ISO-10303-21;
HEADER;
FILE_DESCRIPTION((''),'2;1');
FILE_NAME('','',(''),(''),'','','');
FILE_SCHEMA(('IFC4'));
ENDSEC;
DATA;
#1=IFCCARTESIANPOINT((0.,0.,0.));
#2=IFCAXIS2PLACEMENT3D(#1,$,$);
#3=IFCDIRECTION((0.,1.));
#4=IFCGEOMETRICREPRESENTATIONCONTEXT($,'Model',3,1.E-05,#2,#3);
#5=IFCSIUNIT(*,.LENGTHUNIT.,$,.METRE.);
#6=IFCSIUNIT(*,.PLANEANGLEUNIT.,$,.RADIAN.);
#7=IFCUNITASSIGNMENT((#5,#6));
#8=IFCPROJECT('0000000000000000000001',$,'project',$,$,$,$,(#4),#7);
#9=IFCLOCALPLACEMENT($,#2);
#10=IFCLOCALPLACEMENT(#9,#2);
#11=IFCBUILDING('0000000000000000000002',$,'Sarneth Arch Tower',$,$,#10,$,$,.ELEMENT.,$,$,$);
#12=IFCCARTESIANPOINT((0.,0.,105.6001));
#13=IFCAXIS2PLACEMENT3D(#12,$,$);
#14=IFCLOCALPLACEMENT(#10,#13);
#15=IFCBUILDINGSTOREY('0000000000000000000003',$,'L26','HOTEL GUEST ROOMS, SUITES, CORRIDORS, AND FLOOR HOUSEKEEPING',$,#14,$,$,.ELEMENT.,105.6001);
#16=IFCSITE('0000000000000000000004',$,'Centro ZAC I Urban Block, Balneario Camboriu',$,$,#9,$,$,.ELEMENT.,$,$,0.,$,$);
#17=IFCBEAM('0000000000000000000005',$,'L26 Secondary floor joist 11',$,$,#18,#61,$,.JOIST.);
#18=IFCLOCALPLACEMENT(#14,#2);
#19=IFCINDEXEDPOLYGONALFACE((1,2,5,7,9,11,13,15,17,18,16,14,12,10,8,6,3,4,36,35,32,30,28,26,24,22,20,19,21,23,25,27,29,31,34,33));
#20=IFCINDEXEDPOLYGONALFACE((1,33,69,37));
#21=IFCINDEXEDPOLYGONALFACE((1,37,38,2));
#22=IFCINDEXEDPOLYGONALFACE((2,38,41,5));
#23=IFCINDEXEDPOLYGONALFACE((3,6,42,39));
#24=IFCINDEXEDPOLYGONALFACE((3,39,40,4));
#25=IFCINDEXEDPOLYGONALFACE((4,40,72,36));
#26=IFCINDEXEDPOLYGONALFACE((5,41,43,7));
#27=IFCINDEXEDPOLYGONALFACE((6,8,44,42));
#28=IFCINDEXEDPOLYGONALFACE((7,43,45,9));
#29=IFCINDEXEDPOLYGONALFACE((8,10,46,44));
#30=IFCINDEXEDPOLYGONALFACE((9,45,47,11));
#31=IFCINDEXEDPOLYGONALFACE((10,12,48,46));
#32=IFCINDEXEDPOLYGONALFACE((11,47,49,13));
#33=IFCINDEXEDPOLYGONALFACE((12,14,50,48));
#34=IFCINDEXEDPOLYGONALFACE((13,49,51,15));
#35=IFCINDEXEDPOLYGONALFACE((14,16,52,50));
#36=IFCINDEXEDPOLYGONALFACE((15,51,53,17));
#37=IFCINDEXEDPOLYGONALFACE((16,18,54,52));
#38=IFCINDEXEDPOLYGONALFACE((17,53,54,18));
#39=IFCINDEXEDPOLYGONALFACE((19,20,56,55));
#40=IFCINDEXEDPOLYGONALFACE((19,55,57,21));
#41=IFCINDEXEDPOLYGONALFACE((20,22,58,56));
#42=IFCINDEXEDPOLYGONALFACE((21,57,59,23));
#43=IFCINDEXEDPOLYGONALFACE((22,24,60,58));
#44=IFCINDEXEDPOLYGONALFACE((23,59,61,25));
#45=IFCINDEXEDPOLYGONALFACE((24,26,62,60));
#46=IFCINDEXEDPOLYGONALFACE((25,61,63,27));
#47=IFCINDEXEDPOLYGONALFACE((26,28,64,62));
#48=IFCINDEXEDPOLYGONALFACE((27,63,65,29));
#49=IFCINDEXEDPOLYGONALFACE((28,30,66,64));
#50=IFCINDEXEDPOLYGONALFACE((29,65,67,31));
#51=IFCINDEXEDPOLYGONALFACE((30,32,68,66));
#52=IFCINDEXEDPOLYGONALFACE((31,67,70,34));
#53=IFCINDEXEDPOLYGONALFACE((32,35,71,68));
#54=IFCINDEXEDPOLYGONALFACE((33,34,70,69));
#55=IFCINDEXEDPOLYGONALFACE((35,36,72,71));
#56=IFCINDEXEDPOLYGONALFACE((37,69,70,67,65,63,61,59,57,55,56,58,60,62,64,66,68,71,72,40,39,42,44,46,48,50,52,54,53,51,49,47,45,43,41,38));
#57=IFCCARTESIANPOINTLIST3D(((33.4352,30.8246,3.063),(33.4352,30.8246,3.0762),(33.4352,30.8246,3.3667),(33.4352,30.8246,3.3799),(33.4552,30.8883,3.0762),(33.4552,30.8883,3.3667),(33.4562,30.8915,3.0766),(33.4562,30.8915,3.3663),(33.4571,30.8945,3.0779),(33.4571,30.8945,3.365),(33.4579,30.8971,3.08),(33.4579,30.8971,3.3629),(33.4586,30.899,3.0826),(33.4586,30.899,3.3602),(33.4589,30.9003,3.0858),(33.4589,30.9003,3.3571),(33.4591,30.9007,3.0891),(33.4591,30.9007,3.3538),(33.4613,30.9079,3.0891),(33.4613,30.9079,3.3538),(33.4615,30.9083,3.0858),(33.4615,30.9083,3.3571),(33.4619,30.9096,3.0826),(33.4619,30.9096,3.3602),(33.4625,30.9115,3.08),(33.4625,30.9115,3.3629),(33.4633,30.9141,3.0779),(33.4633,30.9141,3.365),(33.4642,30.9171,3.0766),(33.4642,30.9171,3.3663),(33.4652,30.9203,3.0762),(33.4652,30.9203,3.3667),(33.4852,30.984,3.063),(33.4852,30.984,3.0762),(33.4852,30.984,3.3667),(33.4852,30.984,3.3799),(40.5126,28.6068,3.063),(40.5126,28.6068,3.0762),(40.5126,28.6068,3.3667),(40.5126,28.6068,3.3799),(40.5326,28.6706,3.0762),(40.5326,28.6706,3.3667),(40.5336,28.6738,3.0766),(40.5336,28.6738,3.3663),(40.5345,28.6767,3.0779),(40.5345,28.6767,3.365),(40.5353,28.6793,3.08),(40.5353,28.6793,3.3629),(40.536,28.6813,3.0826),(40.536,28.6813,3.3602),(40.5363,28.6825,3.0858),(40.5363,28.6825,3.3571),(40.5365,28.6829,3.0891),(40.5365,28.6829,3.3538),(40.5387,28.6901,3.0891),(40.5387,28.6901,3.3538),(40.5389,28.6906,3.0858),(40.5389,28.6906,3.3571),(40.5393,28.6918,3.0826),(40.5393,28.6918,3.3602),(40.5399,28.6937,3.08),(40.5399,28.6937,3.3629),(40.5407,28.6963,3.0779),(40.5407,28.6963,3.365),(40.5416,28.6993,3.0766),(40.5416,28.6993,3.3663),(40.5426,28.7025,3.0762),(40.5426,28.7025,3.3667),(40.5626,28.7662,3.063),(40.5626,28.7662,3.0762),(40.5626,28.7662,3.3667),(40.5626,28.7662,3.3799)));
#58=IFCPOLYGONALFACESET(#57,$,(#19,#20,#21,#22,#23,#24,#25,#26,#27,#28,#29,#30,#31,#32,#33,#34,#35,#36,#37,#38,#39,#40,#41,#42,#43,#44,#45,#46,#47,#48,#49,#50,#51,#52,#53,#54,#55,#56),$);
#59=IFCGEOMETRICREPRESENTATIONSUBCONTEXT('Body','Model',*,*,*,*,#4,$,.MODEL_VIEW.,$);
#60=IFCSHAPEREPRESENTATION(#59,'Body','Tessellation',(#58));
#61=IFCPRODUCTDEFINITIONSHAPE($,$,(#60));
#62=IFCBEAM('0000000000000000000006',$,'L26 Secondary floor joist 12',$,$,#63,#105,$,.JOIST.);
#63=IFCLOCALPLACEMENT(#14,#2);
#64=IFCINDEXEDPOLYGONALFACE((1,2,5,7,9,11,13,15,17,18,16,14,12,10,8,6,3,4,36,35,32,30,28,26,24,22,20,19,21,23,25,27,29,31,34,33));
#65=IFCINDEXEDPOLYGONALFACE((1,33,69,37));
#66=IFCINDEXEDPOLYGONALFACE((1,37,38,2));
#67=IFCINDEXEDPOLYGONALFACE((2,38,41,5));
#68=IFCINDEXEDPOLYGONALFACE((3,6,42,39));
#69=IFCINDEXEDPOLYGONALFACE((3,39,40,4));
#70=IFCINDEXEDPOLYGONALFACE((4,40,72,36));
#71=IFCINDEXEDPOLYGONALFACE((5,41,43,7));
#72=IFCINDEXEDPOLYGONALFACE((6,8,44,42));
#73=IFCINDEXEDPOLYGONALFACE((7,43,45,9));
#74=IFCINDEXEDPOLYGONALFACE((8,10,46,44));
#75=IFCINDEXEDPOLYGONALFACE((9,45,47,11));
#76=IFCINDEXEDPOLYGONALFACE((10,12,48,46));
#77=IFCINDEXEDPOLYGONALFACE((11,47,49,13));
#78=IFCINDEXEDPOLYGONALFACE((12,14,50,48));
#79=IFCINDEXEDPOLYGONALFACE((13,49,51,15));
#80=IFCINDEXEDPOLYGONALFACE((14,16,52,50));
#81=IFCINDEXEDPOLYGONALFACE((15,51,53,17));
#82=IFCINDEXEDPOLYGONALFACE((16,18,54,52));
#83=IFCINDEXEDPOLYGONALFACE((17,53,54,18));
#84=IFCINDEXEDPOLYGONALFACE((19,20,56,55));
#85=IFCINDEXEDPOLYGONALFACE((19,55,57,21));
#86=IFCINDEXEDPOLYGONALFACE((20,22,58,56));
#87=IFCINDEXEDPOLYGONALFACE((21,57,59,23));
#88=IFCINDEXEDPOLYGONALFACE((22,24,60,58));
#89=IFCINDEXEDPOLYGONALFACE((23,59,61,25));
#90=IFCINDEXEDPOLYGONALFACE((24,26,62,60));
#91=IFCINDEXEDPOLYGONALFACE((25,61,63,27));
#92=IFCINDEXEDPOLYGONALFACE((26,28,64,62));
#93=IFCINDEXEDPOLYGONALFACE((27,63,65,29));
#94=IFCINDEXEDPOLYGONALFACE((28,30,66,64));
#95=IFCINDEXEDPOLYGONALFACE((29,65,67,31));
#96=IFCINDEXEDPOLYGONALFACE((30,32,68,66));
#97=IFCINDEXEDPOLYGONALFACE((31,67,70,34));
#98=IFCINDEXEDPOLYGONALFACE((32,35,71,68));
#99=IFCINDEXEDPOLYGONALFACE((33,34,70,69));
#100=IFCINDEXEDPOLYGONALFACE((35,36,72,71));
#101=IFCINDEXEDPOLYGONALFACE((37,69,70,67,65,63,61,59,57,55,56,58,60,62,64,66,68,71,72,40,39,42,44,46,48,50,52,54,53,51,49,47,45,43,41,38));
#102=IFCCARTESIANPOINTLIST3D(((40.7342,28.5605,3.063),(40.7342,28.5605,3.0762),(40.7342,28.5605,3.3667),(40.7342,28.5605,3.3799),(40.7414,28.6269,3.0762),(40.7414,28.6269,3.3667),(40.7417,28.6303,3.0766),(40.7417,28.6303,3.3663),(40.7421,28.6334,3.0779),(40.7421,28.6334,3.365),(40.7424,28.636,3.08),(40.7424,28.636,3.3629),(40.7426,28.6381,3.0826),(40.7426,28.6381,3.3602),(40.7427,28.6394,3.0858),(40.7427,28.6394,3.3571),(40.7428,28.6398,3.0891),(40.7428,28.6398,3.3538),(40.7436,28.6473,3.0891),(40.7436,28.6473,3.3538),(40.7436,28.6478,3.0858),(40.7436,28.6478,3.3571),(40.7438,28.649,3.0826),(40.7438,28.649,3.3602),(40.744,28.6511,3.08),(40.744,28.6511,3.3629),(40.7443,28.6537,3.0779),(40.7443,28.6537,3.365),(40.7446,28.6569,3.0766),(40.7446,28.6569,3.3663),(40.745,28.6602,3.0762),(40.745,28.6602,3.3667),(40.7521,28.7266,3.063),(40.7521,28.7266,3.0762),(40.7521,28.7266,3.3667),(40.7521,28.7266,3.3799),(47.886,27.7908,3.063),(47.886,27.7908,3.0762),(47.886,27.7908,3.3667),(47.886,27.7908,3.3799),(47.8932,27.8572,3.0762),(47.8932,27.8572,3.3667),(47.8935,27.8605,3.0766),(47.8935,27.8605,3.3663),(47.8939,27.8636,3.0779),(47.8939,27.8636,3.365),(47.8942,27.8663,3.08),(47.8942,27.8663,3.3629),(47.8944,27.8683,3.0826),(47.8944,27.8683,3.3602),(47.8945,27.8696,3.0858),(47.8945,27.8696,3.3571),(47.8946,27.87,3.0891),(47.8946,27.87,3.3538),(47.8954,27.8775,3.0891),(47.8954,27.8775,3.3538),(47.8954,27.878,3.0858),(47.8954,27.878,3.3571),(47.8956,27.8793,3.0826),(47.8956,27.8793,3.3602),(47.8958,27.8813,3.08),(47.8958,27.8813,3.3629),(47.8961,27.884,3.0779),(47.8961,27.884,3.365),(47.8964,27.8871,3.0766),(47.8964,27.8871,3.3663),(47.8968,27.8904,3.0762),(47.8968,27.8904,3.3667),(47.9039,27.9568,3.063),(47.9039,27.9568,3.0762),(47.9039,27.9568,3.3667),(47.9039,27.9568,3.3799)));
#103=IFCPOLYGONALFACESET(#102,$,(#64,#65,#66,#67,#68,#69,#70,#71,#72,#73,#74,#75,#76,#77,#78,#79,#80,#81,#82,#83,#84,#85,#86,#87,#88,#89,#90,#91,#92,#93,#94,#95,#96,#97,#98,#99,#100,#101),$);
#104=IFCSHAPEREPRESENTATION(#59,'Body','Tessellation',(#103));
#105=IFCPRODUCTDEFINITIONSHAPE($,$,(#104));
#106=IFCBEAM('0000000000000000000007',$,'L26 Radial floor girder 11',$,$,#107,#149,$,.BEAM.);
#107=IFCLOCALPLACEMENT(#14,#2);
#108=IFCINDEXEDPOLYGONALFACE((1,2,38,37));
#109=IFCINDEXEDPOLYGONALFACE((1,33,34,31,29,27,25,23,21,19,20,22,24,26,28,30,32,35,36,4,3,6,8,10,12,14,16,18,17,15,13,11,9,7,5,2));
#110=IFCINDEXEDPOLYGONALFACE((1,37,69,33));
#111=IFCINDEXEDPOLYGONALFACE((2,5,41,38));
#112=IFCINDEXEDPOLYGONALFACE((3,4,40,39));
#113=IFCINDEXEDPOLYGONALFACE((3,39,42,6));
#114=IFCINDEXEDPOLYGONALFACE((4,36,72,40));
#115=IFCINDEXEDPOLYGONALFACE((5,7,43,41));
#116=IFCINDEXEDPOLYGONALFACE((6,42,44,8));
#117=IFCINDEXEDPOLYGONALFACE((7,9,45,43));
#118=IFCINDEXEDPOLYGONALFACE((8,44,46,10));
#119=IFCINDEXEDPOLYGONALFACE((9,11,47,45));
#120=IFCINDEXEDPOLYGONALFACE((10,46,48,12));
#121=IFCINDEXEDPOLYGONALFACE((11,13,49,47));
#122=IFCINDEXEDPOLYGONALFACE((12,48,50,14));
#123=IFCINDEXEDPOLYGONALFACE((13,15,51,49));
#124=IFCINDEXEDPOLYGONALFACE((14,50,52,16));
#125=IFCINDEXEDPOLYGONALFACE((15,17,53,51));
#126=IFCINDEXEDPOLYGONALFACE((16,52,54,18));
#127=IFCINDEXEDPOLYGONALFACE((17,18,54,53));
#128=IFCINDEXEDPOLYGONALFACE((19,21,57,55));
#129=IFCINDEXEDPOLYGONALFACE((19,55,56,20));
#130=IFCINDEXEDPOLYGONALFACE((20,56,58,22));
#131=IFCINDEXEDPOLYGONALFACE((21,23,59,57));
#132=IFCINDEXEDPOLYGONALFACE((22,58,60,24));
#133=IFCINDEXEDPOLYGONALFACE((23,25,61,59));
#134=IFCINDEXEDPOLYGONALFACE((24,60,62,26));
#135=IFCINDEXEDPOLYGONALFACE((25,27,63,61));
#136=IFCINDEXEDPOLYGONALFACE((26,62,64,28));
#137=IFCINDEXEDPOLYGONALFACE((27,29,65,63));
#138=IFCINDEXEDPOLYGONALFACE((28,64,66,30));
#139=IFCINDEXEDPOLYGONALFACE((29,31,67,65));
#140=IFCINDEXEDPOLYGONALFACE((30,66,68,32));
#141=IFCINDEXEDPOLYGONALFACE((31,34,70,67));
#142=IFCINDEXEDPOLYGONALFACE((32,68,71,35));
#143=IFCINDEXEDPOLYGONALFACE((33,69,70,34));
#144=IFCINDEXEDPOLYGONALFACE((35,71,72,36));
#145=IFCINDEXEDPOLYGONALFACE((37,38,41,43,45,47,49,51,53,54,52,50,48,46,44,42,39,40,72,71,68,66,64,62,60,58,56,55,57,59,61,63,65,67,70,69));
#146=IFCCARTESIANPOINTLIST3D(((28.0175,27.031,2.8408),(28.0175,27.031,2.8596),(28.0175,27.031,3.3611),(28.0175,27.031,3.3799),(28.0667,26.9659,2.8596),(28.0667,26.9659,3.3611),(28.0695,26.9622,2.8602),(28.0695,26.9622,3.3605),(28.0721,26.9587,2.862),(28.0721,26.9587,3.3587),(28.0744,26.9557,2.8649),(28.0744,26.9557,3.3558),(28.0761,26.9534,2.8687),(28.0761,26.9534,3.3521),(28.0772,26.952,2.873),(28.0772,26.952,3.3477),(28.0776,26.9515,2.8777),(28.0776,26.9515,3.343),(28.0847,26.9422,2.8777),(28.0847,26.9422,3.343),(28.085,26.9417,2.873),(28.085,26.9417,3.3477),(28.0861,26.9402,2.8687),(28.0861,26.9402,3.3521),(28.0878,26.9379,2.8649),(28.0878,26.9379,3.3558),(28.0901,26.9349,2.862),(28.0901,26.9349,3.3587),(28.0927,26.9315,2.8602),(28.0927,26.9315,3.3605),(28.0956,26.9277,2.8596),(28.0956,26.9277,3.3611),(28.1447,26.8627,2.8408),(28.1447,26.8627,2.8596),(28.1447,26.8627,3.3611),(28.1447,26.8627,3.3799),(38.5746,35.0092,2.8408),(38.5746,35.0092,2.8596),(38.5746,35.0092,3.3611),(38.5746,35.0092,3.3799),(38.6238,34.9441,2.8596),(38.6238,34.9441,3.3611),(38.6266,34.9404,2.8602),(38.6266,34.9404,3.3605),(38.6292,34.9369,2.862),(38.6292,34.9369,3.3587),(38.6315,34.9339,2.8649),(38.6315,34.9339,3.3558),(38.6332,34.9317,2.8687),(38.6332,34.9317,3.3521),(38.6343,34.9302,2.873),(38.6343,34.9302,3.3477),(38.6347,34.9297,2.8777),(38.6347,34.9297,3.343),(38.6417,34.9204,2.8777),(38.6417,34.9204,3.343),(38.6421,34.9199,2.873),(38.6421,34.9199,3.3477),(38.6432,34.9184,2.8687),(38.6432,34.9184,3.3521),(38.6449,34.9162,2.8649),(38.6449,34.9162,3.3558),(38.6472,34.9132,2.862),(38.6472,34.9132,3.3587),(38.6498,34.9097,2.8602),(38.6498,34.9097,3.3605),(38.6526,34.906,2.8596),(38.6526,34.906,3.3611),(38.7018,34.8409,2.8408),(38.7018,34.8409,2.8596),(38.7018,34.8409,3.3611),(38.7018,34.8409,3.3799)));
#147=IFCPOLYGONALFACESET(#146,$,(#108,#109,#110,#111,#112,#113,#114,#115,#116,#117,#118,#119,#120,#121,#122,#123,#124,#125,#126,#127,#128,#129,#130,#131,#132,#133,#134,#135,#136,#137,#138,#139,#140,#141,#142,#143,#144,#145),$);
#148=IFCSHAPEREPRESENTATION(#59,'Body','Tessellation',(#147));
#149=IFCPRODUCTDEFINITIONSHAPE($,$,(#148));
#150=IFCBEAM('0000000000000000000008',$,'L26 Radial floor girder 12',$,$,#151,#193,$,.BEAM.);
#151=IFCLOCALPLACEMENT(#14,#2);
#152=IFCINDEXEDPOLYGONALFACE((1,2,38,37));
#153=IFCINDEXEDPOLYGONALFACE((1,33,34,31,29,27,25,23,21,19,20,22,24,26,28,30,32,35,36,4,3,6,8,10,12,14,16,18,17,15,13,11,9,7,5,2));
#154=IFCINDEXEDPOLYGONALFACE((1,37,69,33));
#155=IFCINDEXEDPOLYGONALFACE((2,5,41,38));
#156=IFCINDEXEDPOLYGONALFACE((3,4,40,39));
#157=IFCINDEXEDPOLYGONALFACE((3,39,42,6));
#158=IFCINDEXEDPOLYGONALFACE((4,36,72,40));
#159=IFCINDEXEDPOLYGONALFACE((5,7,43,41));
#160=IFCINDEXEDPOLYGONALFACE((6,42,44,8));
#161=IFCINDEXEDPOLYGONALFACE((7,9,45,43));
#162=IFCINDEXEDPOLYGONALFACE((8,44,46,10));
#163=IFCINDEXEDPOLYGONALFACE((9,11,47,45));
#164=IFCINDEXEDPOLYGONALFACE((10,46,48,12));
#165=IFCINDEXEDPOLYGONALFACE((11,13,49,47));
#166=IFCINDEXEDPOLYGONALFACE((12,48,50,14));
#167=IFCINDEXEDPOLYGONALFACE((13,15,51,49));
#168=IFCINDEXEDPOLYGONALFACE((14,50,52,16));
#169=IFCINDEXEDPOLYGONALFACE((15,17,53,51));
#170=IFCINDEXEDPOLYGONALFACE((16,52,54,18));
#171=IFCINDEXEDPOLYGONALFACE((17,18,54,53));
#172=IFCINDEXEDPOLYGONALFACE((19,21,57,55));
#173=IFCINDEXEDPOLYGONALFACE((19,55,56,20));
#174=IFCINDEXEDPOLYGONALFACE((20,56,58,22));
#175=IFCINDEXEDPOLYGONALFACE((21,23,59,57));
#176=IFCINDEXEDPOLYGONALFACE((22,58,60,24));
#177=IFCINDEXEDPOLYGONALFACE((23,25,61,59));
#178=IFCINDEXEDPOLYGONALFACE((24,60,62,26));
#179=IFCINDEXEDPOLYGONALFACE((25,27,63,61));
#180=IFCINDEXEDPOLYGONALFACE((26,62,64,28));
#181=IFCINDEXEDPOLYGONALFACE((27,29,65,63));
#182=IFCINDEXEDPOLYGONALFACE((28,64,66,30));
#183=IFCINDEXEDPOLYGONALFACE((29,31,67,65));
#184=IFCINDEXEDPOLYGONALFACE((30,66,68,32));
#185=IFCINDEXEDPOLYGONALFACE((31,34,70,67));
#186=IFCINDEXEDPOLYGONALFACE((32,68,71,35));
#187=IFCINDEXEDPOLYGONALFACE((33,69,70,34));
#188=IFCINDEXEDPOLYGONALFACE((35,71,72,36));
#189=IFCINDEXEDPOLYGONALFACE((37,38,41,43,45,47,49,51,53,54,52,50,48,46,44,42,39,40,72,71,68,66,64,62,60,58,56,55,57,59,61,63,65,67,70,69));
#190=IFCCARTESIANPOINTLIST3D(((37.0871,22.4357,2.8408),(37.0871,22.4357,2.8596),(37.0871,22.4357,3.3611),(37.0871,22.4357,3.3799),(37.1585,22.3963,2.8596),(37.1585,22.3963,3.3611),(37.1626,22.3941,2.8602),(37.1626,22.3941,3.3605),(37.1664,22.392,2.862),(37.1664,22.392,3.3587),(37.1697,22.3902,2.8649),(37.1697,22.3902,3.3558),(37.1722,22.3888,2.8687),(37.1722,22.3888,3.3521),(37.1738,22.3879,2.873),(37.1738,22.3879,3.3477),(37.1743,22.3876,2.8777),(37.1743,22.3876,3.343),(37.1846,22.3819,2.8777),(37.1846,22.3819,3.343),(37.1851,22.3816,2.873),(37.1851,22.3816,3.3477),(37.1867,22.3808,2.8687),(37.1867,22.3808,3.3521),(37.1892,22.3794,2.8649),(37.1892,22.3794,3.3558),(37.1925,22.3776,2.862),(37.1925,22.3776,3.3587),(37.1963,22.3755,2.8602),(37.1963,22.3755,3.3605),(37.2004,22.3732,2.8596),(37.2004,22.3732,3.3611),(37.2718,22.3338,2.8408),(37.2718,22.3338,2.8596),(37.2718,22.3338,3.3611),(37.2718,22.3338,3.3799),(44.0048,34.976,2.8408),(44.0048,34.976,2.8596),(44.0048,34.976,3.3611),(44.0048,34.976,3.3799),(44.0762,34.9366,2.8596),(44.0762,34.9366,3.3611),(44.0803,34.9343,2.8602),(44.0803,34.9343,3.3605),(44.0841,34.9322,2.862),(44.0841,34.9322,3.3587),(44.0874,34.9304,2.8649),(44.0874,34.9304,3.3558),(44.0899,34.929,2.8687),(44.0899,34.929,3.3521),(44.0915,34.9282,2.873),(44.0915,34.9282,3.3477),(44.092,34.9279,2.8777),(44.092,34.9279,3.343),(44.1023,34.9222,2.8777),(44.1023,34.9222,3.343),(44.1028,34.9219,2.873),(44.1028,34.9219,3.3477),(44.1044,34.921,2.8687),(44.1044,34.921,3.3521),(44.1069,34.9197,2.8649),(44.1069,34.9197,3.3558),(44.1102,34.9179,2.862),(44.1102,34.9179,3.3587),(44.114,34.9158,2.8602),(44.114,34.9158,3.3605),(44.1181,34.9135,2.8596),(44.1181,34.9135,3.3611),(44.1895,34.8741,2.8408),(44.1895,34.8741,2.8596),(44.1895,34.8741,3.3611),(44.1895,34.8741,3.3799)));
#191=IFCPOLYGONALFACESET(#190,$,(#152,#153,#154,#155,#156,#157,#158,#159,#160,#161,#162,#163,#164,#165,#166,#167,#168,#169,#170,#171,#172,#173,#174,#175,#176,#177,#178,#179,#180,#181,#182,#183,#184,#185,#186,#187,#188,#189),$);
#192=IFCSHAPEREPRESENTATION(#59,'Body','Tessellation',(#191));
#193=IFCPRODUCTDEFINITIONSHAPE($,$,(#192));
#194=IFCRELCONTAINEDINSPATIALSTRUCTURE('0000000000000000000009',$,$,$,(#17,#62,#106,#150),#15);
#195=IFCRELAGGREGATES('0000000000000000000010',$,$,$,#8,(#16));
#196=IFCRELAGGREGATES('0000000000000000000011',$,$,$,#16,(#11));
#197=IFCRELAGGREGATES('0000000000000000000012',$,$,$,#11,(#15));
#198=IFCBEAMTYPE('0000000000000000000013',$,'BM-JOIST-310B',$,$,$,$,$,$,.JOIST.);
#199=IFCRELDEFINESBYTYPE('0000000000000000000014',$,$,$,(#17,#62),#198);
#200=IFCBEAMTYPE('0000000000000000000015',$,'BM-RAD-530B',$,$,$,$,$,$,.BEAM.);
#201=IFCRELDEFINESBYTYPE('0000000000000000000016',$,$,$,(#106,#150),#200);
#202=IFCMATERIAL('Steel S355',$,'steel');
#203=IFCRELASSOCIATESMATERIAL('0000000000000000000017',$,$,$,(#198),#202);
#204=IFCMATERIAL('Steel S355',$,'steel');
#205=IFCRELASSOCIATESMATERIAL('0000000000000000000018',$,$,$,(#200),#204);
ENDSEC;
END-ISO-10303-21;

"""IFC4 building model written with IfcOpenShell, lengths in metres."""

from ifc_helpers import new_model, si_unit, direction, frame, origin, origin_2d, place, context, subcontext, project, spatial, i_section, extrude, material, material_profile, profile_set, type_object, element, save


model = new_model("IFC4")

# Units and contexts
model_context = context("Model", 3, precision=1e-05, world=origin(), true_north=direction((0.0, 1.0)))
body_context = subcontext(model_context, "Body", "Model", "MODEL_VIEW")
ifc_project = project(units=[si_unit("LENGTHUNIT", "METRE"), si_unit("PLANEANGLEUNIT", "RADIAN")], contexts=[model_context])

# Site, building, storey
site_placement = place(None, origin())
site = spatial("IfcSite", under=ifc_project, at=site_placement, Name="Centro ZAC I Urban Block, Balneario Camboriu", CompositionType="ELEMENT", RefElevation=0.0)
building_placement = place(site_placement, origin())
building = spatial("IfcBuilding", under=site, at=building_placement, Name="Sarneth Arch Tower", CompositionType="ELEMENT")
storey_placement = place(building_placement, frame((0.0, 0.0, 105.6001)))
storey = spatial("IfcBuildingStorey", under=building, at=storey_placement, Name="L26", Description="HOTEL GUEST ROOMS, SUITES, CORRIDORS, AND FLOOR HOUSEKEEPING", CompositionType="ELEMENT", Elevation=105.6001)

# Beams
ifc_material_1 = material(Name="Steel S355", Category="steel")
ifc_material_profile_1 = material_profile(ifc_material_1, i_section(OverallWidth=0.167, OverallDepth=0.3169, WebThickness=0.0076, FlangeThickness=0.0132, FilletRadius=0.0129, at=origin_2d()), Name="W310x52")
ifc_profile_set_1 = profile_set([ifc_material_profile_1], Name="Steel S355")
beam_type_1 = type_object("IfcBeamType", Name="BM-JOIST-310B", PredefinedType="JOIST", material=ifc_profile_set_1)
beam_1_placement = place(storey_placement, frame((33.4602, 30.9043, 3.2214), z_axis=(0.954246, -0.299023, 0.0), x_axis=(0.299023, 0.954246, 0.0)))
element("IfcBeam", 1, at=beam_1_placement, inside=storey, type_object=beam_type_1, Name="L26 Secondary floor joist 11", PredefinedType="JOIST", context=body_context, shape_type="SweptSolid", body=[
    extrude(i_section(OverallWidth=0.167, OverallDepth=0.3169, WebThickness=0.0076, FlangeThickness=0.0132, FilletRadius=0.0129, at=origin_2d()), origin(), (0.0, 0.0, 1.0), 7.4167),
])
beam_2_placement = place(storey_placement, frame((40.7432, 28.6436, 3.2214), z_axis=(0.994257, -0.107015, 0.0), x_axis=(0.107015, 0.994257, 0.0)))
element("IfcBeam", 2, at=beam_2_placement, inside=storey, type_object=beam_type_1, Name="L26 Secondary floor joist 12", PredefinedType="JOIST", context=body_context, shape_type="SweptSolid", body=[
    extrude(i_section(OverallWidth=0.167, OverallDepth=0.3169, WebThickness=0.0076, FlangeThickness=0.0132, FilletRadius=0.0129, at=origin_2d()), origin(), (0.0, 0.0, 1.0), 7.1931),
])
ifc_material_2 = material(Name="Steel S355", Category="steel")
ifc_material_profile_2 = material_profile(ifc_material_2, i_section(OverallWidth=0.2109, OverallDepth=0.5391, WebThickness=0.0117, FlangeThickness=0.0188, FilletRadius=0.0181, at=origin_2d()), Name="W530x109")
ifc_profile_set_2 = profile_set([ifc_material_profile_2], Name="Steel S355")
beam_type_2 = type_object("IfcBeamType", Name="BM-RAD-530B", PredefinedType="BEAM", material=ifc_profile_set_2)
beam_3_placement = place(storey_placement, frame((38.6382, 34.925, 3.1104), z_axis=(-0.797803, -0.602918, 0.0), x_axis=(0.602918, -0.797803, 0.0)))
element("IfcBeam", 3, at=beam_3_placement, inside=storey, type_object=beam_type_2, Name="L26 Radial floor girder 11", PredefinedType="BEAM", context=body_context, shape_type="SweptSolid", body=[
    extrude(i_section(OverallWidth=0.2109, OverallDepth=0.5391, WebThickness=0.0117, FlangeThickness=0.0188, FilletRadius=0.0181, at=origin_2d()), origin(), (0.0, 0.0, 1.0), 13.2327),
])
beam_4_placement = place(storey_placement, frame((44.0972, 34.925, 3.1104), z_axis=(-0.483021, -0.875609, 0.0), x_axis=(0.875609, -0.483021, 0.0)))
element("IfcBeam", 4, at=beam_4_placement, inside=storey, type_object=beam_type_2, Name="L26 Radial floor girder 12", PredefinedType="BEAM", context=body_context, shape_type="SweptSolid", body=[
    extrude(i_section(OverallWidth=0.2109, OverallDepth=0.5391, WebThickness=0.0117, FlangeThickness=0.0188, FilletRadius=0.0181, at=origin_2d()), origin(), (0.0, 0.0, 1.0), 14.3218),
])

save(model, "model.ifc")
